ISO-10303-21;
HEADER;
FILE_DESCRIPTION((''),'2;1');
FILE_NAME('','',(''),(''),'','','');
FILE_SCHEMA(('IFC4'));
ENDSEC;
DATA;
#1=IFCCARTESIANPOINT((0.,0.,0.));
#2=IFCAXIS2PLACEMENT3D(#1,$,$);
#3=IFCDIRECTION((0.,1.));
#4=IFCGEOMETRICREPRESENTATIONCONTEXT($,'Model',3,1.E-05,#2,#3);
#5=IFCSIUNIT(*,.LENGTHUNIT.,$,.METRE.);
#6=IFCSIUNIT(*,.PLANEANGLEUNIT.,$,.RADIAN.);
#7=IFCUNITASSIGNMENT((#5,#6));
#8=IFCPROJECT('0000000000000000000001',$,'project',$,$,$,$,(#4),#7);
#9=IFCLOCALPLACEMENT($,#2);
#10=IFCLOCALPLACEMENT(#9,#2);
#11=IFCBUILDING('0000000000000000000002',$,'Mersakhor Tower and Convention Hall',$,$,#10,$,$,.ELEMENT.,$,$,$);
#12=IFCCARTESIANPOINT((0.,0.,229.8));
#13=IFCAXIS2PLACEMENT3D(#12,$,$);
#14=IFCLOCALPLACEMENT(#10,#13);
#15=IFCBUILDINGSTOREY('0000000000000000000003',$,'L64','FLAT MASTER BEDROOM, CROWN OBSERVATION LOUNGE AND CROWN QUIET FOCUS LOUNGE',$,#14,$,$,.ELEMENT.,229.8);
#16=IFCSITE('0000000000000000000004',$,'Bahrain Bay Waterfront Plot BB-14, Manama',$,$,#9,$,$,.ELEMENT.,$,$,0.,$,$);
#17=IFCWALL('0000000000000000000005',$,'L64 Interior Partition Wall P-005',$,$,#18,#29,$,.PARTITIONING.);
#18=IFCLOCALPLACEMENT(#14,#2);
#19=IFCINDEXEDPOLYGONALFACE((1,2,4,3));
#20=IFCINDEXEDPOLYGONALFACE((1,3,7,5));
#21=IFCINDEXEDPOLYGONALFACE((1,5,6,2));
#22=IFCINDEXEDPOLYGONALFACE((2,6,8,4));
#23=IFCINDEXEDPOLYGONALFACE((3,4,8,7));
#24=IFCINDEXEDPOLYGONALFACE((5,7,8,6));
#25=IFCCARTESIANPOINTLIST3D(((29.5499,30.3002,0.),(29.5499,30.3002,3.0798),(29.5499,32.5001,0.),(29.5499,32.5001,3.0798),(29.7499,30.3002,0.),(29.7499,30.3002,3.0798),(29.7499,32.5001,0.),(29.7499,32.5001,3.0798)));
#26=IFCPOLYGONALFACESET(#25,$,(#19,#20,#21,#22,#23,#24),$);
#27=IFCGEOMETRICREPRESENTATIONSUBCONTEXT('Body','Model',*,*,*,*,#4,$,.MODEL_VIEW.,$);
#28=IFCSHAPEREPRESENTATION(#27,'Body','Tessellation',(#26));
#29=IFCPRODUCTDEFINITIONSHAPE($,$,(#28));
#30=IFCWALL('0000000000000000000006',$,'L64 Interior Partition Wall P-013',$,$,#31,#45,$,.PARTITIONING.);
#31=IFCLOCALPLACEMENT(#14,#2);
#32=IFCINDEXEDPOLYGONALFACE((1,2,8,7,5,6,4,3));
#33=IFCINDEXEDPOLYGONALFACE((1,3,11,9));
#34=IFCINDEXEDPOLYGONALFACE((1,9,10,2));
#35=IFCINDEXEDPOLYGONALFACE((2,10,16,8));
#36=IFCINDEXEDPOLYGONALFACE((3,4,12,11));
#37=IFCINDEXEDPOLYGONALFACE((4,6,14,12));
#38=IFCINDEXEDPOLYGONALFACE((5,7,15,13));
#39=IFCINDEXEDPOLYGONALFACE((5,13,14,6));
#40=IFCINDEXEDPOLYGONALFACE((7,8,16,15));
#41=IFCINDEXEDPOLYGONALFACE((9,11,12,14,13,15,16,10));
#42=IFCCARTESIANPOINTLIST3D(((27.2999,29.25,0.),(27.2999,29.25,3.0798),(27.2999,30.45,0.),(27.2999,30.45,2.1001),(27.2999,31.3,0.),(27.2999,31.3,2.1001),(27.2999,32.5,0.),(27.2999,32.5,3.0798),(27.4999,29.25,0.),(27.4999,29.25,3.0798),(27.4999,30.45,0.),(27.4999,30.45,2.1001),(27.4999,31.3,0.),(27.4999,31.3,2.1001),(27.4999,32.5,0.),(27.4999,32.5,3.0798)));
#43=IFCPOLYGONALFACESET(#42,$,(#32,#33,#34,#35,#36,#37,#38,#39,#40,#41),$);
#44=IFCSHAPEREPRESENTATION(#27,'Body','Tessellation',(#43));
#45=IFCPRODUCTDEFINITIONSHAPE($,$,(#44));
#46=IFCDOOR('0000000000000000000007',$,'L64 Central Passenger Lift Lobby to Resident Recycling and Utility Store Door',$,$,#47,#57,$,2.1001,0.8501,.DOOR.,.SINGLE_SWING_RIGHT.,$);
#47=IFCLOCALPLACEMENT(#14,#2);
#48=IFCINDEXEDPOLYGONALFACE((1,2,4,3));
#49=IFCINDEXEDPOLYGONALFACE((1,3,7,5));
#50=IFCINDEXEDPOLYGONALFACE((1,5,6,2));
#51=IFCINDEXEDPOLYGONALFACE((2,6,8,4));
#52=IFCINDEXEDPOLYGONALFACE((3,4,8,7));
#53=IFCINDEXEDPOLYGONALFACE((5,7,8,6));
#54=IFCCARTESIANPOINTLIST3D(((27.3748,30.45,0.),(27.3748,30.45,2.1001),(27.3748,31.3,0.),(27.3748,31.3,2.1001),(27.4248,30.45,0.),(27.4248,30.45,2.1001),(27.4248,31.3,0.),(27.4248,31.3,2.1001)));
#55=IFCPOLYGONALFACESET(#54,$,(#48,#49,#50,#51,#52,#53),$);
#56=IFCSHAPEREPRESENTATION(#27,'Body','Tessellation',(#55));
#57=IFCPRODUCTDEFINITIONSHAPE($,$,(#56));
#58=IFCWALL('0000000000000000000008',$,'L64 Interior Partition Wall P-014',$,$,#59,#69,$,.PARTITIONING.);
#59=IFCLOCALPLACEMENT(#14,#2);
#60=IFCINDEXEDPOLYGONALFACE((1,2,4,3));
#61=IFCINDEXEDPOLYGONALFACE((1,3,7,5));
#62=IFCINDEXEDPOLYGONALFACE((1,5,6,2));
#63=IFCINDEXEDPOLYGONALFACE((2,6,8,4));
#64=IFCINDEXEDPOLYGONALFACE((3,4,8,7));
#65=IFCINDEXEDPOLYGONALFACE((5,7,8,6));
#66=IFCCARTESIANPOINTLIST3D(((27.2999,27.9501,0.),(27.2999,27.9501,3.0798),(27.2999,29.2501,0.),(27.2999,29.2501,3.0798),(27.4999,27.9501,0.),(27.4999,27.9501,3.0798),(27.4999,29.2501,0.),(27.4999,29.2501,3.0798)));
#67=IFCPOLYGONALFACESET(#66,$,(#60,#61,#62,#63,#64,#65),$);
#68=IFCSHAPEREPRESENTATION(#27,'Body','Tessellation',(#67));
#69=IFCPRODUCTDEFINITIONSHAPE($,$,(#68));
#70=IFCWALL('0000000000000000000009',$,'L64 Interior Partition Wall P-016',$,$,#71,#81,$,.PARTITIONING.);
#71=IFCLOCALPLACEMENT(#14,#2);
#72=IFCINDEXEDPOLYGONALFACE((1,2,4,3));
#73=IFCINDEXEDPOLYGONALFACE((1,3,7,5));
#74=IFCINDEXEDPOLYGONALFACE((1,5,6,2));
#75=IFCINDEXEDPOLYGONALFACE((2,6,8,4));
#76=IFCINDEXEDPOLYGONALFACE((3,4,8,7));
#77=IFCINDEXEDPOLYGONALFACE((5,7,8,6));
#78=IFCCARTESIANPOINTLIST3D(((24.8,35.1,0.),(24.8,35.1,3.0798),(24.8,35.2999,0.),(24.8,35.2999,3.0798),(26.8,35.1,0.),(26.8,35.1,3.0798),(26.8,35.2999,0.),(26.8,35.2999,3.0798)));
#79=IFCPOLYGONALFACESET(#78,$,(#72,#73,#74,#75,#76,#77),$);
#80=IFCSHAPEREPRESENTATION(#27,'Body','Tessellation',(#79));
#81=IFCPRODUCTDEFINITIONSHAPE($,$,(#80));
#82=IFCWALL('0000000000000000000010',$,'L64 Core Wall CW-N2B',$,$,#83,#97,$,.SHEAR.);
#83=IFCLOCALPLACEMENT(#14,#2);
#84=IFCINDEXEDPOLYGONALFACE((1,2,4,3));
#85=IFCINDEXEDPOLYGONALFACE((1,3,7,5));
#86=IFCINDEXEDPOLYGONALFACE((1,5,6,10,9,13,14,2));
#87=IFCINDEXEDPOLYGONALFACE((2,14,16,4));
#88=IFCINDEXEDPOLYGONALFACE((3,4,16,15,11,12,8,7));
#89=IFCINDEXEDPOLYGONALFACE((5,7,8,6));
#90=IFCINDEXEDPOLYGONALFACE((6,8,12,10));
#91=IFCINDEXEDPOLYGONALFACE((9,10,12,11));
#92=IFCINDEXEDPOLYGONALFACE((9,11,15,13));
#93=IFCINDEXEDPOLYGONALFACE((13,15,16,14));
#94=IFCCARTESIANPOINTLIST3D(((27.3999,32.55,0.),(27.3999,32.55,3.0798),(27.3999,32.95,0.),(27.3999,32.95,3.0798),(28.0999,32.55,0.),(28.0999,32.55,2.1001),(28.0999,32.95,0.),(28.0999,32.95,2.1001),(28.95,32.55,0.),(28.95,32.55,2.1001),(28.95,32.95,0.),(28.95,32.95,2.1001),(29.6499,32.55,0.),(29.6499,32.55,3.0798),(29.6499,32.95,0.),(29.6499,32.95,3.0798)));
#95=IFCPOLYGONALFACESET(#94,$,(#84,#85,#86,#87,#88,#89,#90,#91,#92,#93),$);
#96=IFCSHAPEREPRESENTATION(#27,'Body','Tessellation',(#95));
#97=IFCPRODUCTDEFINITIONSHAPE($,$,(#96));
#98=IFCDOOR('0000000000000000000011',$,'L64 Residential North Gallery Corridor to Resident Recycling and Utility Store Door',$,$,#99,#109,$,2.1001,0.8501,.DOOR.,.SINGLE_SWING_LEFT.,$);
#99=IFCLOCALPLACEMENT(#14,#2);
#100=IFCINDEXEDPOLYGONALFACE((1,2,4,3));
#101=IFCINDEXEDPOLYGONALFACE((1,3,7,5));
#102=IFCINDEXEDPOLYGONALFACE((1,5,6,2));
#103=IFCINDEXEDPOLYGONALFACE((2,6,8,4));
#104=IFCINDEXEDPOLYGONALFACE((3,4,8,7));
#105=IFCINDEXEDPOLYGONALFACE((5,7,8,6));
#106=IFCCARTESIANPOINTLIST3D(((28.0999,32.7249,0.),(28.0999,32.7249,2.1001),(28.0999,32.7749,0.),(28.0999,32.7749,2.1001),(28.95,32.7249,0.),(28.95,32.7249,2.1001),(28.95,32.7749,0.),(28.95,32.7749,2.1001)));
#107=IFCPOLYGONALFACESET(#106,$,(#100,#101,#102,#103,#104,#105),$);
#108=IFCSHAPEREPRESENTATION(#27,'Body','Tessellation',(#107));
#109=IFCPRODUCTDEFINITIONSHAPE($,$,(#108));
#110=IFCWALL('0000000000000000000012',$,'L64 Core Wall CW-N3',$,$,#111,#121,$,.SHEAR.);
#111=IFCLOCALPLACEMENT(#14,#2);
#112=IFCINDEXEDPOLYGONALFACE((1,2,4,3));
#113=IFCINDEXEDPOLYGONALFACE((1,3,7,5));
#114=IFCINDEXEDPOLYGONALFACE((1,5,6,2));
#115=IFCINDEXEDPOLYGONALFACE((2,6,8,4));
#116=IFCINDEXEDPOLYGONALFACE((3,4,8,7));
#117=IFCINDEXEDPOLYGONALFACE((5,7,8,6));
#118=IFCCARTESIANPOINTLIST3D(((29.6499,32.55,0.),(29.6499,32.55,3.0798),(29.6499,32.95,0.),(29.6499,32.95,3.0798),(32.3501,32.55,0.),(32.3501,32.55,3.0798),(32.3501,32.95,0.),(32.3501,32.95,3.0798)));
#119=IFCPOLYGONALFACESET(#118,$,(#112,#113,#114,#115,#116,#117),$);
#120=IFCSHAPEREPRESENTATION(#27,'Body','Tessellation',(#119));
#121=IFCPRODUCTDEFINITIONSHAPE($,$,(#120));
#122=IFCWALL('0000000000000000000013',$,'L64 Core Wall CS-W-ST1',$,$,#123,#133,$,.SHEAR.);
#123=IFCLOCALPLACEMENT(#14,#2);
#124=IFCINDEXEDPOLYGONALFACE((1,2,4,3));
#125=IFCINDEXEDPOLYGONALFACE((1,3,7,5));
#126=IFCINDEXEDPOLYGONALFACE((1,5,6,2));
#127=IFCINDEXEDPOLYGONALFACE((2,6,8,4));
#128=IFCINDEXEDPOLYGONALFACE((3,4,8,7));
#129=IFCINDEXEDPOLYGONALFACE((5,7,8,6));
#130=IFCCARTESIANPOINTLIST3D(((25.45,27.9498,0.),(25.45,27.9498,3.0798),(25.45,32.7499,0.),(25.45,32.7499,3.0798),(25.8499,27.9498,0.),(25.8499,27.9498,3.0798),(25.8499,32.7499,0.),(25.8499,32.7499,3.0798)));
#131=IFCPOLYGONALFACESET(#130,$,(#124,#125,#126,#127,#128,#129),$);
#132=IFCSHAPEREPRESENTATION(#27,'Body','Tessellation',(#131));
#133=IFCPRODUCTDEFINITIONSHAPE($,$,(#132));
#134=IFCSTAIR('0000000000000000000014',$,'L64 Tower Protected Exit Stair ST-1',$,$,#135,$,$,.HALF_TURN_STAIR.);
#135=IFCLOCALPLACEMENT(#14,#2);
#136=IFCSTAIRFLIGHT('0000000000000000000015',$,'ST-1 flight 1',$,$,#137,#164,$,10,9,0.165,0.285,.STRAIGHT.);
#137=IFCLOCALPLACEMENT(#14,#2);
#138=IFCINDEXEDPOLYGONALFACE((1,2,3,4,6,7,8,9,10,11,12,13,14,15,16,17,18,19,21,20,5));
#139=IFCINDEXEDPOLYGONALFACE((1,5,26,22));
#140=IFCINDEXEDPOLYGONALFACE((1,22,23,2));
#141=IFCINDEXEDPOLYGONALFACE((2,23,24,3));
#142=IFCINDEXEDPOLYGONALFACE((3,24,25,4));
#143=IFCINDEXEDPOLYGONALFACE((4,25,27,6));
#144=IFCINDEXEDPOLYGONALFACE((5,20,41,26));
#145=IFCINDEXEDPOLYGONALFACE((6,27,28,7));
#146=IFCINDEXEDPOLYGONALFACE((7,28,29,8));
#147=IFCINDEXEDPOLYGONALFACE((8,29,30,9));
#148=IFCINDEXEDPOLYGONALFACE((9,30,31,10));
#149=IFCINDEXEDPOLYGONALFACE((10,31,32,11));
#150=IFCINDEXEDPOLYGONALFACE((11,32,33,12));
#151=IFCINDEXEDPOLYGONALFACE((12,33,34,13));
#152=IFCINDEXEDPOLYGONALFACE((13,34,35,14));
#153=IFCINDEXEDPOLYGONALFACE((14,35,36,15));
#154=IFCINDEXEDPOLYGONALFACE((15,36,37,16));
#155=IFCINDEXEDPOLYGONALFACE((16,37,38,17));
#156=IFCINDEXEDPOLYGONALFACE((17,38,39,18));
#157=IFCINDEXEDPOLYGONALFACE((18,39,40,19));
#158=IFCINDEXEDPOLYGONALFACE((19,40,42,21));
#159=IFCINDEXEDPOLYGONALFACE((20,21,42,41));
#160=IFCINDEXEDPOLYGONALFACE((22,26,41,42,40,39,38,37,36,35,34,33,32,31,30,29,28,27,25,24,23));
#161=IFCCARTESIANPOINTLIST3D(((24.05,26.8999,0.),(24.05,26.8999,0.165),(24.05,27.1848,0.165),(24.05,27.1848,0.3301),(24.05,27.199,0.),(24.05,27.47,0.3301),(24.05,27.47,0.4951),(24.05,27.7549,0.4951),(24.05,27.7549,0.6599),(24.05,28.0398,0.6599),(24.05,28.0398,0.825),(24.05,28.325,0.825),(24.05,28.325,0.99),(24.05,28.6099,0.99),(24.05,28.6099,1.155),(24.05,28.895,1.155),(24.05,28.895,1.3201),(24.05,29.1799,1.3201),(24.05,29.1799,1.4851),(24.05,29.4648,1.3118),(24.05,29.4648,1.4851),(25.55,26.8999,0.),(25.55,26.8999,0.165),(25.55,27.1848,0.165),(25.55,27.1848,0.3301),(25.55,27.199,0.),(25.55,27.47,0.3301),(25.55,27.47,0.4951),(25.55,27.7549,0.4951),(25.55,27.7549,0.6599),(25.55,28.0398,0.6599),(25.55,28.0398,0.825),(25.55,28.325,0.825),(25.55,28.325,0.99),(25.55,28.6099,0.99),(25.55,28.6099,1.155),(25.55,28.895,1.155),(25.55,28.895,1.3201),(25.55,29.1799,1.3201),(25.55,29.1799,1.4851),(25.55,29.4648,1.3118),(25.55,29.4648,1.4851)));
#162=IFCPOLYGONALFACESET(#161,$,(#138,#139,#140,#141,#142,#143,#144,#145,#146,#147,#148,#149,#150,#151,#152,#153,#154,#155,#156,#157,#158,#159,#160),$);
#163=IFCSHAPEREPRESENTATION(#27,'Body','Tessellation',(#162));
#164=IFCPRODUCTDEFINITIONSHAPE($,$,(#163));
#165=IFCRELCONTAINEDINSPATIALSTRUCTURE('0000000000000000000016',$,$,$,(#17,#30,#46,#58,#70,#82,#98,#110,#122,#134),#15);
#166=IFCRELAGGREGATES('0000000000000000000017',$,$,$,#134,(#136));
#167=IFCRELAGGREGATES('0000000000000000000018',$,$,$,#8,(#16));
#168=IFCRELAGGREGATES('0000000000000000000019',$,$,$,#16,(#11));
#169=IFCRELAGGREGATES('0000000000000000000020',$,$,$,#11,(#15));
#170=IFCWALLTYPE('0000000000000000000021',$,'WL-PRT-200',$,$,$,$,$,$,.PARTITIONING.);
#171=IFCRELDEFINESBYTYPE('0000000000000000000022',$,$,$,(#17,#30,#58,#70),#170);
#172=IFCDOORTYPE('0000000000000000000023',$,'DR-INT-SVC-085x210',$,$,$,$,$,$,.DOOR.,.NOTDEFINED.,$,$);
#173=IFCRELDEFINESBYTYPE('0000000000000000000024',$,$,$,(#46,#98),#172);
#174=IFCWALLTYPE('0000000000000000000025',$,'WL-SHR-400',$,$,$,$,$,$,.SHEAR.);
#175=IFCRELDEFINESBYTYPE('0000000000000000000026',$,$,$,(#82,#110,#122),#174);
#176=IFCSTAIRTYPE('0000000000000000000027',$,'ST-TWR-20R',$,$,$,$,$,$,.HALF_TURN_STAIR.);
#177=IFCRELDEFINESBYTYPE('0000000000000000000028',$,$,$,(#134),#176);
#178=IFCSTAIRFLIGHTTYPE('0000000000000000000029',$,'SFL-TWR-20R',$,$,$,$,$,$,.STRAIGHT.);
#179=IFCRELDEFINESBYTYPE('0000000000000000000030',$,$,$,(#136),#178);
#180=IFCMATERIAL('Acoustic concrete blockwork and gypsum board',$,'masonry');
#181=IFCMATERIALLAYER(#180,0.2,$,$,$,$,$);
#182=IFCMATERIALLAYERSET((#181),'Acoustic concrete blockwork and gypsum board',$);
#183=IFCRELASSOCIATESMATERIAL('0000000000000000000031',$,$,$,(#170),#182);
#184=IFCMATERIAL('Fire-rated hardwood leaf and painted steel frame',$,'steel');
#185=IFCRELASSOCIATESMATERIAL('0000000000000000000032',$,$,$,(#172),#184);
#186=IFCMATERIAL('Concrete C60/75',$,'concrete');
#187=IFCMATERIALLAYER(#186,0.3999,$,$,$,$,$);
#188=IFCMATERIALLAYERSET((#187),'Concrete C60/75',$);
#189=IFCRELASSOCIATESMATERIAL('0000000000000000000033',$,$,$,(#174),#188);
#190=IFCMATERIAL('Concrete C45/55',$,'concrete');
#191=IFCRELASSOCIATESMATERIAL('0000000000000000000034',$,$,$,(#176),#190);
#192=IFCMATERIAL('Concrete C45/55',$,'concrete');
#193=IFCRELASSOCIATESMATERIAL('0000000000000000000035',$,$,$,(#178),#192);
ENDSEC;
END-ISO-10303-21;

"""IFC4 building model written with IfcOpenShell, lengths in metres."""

from ifc_helpers import new_model, si_unit, direction, frame, frame_2d, origin, place, context, subcontext, project, spatial, polyline, rectangle, outline, extrude, material, layer, layer_set, type_object, element, fill, aggregate, save


model = new_model("IFC4")

# Units and contexts
model_context = context("Model", 3, precision=1e-05, world=origin(), true_north=direction((0.0, 1.0)))
body_context = subcontext(model_context, "Body", "Model", "MODEL_VIEW")
ifc_project = project(units=[si_unit("LENGTHUNIT", "METRE"), si_unit("PLANEANGLEUNIT", "RADIAN")], contexts=[model_context])

# Site, building, storey
site_placement = place(None, origin())
site = spatial("IfcSite", under=ifc_project, at=site_placement, Name="Bahrain Bay Waterfront Plot BB-14, Manama", CompositionType="ELEMENT", RefElevation=0.0)
building_placement = place(site_placement, origin())
building = spatial("IfcBuilding", under=site, at=building_placement, Name="Mersakhor Tower and Convention Hall", CompositionType="ELEMENT")
storey_placement = place(building_placement, frame((0.0, 0.0, 229.8)))
storey = spatial("IfcBuildingStorey", under=building, at=storey_placement, Name="L64", Description="FLAT MASTER BEDROOM, CROWN OBSERVATION LOUNGE AND CROWN QUIET FOCUS LOUNGE", CompositionType="ELEMENT", Elevation=229.8)

# Wall
ifc_material_1 = material(Name="Acoustic concrete blockwork and gypsum board", Category="masonry")
ifc_layer_1 = layer(ifc_material_1, 0.2)
ifc_layer_set_1 = layer_set([ifc_layer_1], Name="Acoustic concrete blockwork and gypsum board")
wall_type_1 = type_object("IfcWallType", Name="WL-PRT-200", PredefinedType="PARTITIONING", material=ifc_layer_set_1)
wall_1_placement = place(storey_placement, frame((29.6499, 30.3, 0.0), z_axis=(0.0, 0.0, 1.0), x_axis=(0.0, 1.0, 0.0)))
element("IfcWall", 1, at=wall_1_placement, inside=storey, type_object=wall_type_1, Name="L64 Interior Partition Wall P-005", PredefinedType="PARTITIONING", context=body_context, shape_type="SweptSolid", body=[
    extrude(rectangle(XDim=2.2, YDim=0.2, at=frame_2d((1.1001, 0.0))), origin(), (0.0, 0.0, 1.0), 3.0798),
])

# Wall, opening, door
wall_2_placement = place(storey_placement, frame((27.3999, 32.5, 0.0), z_axis=(0.0, 0.0, 1.0), x_axis=(0.0, -1.0, 0.0)))
wall_2 = element("IfcWall", 2, at=wall_2_placement, inside=storey, type_object=wall_type_1, Name="L64 Interior Partition Wall P-013", PredefinedType="PARTITIONING", context=body_context, shape_type="SweptSolid", body=[
    extrude(rectangle(XDim=3.25, YDim=0.2, at=frame_2d((1.625, 0.0))), origin(), (0.0, 0.0, 1.0), 3.0798),
])
opening_1_placement = place(wall_2_placement, frame((1.2, 0.0, 0.0)))
opening_1 = element("IfcOpeningElement", 3, at=opening_1_placement, cuts=wall_2, PredefinedType="OPENING", context=body_context, shape_type="SweptSolid", body=[
    extrude(rectangle(XDim=0.8501, YDim=2.1001, at=frame_2d((0.425, 1.05))), frame((0.0, 0.1099, 0.0), z_axis=(0.0, -1.0, 0.0), x_axis=(1.0, 0.0, 0.0)), (0.0, 0.0, 1.0), 0.22),
])
ifc_material_2 = material(Name="Fire-rated hardwood leaf and painted steel frame", Category="steel")
door_type_1 = type_object("IfcDoorType", Name="DR-INT-SVC-085x210", OperationType="NOTDEFINED", PredefinedType="DOOR", material=ifc_material_2)
door_1_placement = place(opening_1_placement, origin())
door_1 = element("IfcDoor", 4, at=door_1_placement, inside=storey, type_object=door_type_1, Name="L64 Central Passenger Lift Lobby to Resident Recycling and Utility Store Door", OperationType="SINGLE_SWING_RIGHT", OverallHeight=2.1001, OverallWidth=0.8501, PredefinedType="DOOR", context=body_context, shape_type="SweptSolid", body=[
    extrude(rectangle(XDim=0.8501, YDim=2.1001, at=frame_2d((0.425, 1.05))), frame((0.0, 0.0249, 0.0), z_axis=(0.0, -1.0, 0.0), x_axis=(1.0, 0.0, 0.0)), (0.0, 0.0, 1.0), 0.05),
])
fill(opening_1, door_1)

# Wall
wall_3_placement = place(storey_placement, frame((27.3999, 29.25, 0.0), z_axis=(0.0, 0.0, 1.0), x_axis=(0.0, -1.0, 0.0)))
element("IfcWall", 5, at=wall_3_placement, inside=storey, type_object=wall_type_1, Name="L64 Interior Partition Wall P-014", PredefinedType="PARTITIONING", context=body_context, shape_type="SweptSolid", body=[
    extrude(rectangle(XDim=1.3, YDim=0.2, at=frame_2d((0.6499, 0.0))), origin(), (0.0, 0.0, 1.0), 3.0798),
])

# Wall
wall_4_placement = place(storey_placement, frame((24.8, 35.2, 0.0), z_axis=(0.0, 0.0, 1.0), x_axis=(1.0, 0.0, 0.0)))
element("IfcWall", 6, at=wall_4_placement, inside=storey, type_object=wall_type_1, Name="L64 Interior Partition Wall P-016", PredefinedType="PARTITIONING", context=body_context, shape_type="SweptSolid", body=[
    extrude(rectangle(XDim=2.0, YDim=0.2, at=frame_2d((1.0, 0.0))), origin(), (0.0, 0.0, 1.0), 3.0798),
])

# Wall, opening, door
ifc_material_3 = material(Name="Concrete C60/75", Category="concrete")
ifc_layer_2 = layer(ifc_material_3, 0.3999)
ifc_layer_set_2 = layer_set([ifc_layer_2], Name="Concrete C60/75")
wall_type_2 = type_object("IfcWallType", Name="WL-SHR-400", PredefinedType="SHEAR", material=ifc_layer_set_2)
wall_5_placement = place(storey_placement, frame((27.3999, 32.75, 0.0), z_axis=(0.0, 0.0, 1.0), x_axis=(1.0, 0.0, 0.0)))
wall_5 = element("IfcWall", 7, at=wall_5_placement, inside=storey, type_object=wall_type_2, Name="L64 Core Wall CW-N2B", PredefinedType="SHEAR", context=body_context, shape_type="SweptSolid", body=[
    extrude(rectangle(XDim=2.25, YDim=0.3999, at=frame_2d((1.125, 0.0))), origin(), (0.0, 0.0, 1.0), 3.0798),
])
opening_2_placement = place(wall_5_placement, frame((0.7, 0.0, 0.0)))
opening_2 = element("IfcOpeningElement", 8, at=opening_2_placement, cuts=wall_5, PredefinedType="OPENING", context=body_context, shape_type="SweptSolid", body=[
    extrude(rectangle(XDim=0.8501, YDim=2.1001, at=frame_2d((0.425, 1.05))), frame((0.0, 0.21, 0.0), z_axis=(0.0, -1.0, 0.0), x_axis=(1.0, 0.0, 0.0)), (0.0, 0.0, 1.0), 0.4199),
])
door_2_placement = place(opening_2_placement, origin())
door_2 = element("IfcDoor", 9, at=door_2_placement, inside=storey, type_object=door_type_1, Name="L64 Residential North Gallery Corridor to Resident Recycling and Utility Store Door", OperationType="SINGLE_SWING_LEFT", OverallHeight=2.1001, OverallWidth=0.8501, PredefinedType="DOOR", context=body_context, shape_type="SweptSolid", body=[
    extrude(rectangle(XDim=0.8501, YDim=2.1001, at=frame_2d((0.425, 1.05))), frame((0.0, 0.0249, 0.0), z_axis=(0.0, -1.0, 0.0), x_axis=(1.0, 0.0, 0.0)), (0.0, 0.0, 1.0), 0.05),
])
fill(opening_2, door_2)

# Walls
wall_6_placement = place(storey_placement, frame((29.6499, 32.75, 0.0), z_axis=(0.0, 0.0, 1.0), x_axis=(1.0, 0.0, 0.0)))
element("IfcWall", 10, at=wall_6_placement, inside=storey, type_object=wall_type_2, Name="L64 Core Wall CW-N3", PredefinedType="SHEAR", context=body_context, shape_type="SweptSolid", body=[
    extrude(rectangle(XDim=2.7002, YDim=0.3999, at=frame_2d((1.3501, 0.0))), origin(), (0.0, 0.0, 1.0), 3.0798),
])
wall_7_placement = place(storey_placement, frame((25.6499, 27.95, 0.0), z_axis=(0.0, 0.0, 1.0), x_axis=(0.0, 1.0, 0.0)))
element("IfcWall", 11, at=wall_7_placement, inside=storey, type_object=wall_type_2, Name="L64 Core Wall CS-W-ST1", PredefinedType="SHEAR", context=body_context, shape_type="SweptSolid", body=[
    extrude(rectangle(XDim=4.8, YDim=0.3999, at=frame_2d((2.3999, 0.0))), origin(), (0.0, 0.0, 1.0), 3.0798),
])

# Stair, stair flight
ifc_material_4 = material(Name="Concrete C45/55", Category="concrete")
stair_type = type_object("IfcStairType", Name="ST-TWR-20R", PredefinedType="HALF_TURN_STAIR", material=ifc_material_4)
stair_placement = place(storey_placement, origin())
stair = element("IfcStair", 12, at=stair_placement, inside=storey, type_object=stair_type, Name="L64 Tower Protected Exit Stair ST-1", PredefinedType="HALF_TURN_STAIR")
ifc_material_5 = material(Name="Concrete C45/55", Category="concrete")
stair_flight_type = type_object("IfcStairFlightType", Name="SFL-TWR-20R", PredefinedType="STRAIGHT", material=ifc_material_5)
stair_flight_placement = place(storey_placement, frame((24.8, 26.8999, 0.0), z_axis=(0.0, 0.0, 1.0), x_axis=(0.0, 1.0, 0.0)))
stair_flight = element("IfcStairFlight", 13, at=stair_flight_placement, type_object=stair_flight_type, Name="ST-1 flight 1", NumberOfRisers=10, NumberOfTreads=9, PredefinedType="STRAIGHT", RiserHeight=0.165, TreadLength=0.285, context=body_context, shape_type="SweptSolid", body=[
    extrude(outline(polyline([(0.0, 0.0), (0.0, 0.165), (0.2849, 0.165), (0.2849, 0.3301), (0.5701, 0.3301), (0.5701, 0.4951), (0.855, 0.4951), (0.855, 0.6599), (1.1399, 0.6599), (1.1399, 0.825), (1.425, 0.825), (1.425, 0.99), (1.71, 0.99), (1.71, 1.155), (1.9951, 1.155), (1.9951, 1.3201), (2.28, 1.3201), (2.28, 1.4851), (2.5649, 1.4851), (2.5649, 1.6499), (2.5649, 1.3118), (0.2991, 0.0), (0.0, 0.0)])), frame((0.0, 0.75, 0.0), z_axis=(0.0, -1.0, 0.0), x_axis=(1.0, 0.0, 0.0)), (0.0, 0.0, 1.0), 1.5),
])
aggregate(stair, [stair_flight])

save(model, "model.ifc")
